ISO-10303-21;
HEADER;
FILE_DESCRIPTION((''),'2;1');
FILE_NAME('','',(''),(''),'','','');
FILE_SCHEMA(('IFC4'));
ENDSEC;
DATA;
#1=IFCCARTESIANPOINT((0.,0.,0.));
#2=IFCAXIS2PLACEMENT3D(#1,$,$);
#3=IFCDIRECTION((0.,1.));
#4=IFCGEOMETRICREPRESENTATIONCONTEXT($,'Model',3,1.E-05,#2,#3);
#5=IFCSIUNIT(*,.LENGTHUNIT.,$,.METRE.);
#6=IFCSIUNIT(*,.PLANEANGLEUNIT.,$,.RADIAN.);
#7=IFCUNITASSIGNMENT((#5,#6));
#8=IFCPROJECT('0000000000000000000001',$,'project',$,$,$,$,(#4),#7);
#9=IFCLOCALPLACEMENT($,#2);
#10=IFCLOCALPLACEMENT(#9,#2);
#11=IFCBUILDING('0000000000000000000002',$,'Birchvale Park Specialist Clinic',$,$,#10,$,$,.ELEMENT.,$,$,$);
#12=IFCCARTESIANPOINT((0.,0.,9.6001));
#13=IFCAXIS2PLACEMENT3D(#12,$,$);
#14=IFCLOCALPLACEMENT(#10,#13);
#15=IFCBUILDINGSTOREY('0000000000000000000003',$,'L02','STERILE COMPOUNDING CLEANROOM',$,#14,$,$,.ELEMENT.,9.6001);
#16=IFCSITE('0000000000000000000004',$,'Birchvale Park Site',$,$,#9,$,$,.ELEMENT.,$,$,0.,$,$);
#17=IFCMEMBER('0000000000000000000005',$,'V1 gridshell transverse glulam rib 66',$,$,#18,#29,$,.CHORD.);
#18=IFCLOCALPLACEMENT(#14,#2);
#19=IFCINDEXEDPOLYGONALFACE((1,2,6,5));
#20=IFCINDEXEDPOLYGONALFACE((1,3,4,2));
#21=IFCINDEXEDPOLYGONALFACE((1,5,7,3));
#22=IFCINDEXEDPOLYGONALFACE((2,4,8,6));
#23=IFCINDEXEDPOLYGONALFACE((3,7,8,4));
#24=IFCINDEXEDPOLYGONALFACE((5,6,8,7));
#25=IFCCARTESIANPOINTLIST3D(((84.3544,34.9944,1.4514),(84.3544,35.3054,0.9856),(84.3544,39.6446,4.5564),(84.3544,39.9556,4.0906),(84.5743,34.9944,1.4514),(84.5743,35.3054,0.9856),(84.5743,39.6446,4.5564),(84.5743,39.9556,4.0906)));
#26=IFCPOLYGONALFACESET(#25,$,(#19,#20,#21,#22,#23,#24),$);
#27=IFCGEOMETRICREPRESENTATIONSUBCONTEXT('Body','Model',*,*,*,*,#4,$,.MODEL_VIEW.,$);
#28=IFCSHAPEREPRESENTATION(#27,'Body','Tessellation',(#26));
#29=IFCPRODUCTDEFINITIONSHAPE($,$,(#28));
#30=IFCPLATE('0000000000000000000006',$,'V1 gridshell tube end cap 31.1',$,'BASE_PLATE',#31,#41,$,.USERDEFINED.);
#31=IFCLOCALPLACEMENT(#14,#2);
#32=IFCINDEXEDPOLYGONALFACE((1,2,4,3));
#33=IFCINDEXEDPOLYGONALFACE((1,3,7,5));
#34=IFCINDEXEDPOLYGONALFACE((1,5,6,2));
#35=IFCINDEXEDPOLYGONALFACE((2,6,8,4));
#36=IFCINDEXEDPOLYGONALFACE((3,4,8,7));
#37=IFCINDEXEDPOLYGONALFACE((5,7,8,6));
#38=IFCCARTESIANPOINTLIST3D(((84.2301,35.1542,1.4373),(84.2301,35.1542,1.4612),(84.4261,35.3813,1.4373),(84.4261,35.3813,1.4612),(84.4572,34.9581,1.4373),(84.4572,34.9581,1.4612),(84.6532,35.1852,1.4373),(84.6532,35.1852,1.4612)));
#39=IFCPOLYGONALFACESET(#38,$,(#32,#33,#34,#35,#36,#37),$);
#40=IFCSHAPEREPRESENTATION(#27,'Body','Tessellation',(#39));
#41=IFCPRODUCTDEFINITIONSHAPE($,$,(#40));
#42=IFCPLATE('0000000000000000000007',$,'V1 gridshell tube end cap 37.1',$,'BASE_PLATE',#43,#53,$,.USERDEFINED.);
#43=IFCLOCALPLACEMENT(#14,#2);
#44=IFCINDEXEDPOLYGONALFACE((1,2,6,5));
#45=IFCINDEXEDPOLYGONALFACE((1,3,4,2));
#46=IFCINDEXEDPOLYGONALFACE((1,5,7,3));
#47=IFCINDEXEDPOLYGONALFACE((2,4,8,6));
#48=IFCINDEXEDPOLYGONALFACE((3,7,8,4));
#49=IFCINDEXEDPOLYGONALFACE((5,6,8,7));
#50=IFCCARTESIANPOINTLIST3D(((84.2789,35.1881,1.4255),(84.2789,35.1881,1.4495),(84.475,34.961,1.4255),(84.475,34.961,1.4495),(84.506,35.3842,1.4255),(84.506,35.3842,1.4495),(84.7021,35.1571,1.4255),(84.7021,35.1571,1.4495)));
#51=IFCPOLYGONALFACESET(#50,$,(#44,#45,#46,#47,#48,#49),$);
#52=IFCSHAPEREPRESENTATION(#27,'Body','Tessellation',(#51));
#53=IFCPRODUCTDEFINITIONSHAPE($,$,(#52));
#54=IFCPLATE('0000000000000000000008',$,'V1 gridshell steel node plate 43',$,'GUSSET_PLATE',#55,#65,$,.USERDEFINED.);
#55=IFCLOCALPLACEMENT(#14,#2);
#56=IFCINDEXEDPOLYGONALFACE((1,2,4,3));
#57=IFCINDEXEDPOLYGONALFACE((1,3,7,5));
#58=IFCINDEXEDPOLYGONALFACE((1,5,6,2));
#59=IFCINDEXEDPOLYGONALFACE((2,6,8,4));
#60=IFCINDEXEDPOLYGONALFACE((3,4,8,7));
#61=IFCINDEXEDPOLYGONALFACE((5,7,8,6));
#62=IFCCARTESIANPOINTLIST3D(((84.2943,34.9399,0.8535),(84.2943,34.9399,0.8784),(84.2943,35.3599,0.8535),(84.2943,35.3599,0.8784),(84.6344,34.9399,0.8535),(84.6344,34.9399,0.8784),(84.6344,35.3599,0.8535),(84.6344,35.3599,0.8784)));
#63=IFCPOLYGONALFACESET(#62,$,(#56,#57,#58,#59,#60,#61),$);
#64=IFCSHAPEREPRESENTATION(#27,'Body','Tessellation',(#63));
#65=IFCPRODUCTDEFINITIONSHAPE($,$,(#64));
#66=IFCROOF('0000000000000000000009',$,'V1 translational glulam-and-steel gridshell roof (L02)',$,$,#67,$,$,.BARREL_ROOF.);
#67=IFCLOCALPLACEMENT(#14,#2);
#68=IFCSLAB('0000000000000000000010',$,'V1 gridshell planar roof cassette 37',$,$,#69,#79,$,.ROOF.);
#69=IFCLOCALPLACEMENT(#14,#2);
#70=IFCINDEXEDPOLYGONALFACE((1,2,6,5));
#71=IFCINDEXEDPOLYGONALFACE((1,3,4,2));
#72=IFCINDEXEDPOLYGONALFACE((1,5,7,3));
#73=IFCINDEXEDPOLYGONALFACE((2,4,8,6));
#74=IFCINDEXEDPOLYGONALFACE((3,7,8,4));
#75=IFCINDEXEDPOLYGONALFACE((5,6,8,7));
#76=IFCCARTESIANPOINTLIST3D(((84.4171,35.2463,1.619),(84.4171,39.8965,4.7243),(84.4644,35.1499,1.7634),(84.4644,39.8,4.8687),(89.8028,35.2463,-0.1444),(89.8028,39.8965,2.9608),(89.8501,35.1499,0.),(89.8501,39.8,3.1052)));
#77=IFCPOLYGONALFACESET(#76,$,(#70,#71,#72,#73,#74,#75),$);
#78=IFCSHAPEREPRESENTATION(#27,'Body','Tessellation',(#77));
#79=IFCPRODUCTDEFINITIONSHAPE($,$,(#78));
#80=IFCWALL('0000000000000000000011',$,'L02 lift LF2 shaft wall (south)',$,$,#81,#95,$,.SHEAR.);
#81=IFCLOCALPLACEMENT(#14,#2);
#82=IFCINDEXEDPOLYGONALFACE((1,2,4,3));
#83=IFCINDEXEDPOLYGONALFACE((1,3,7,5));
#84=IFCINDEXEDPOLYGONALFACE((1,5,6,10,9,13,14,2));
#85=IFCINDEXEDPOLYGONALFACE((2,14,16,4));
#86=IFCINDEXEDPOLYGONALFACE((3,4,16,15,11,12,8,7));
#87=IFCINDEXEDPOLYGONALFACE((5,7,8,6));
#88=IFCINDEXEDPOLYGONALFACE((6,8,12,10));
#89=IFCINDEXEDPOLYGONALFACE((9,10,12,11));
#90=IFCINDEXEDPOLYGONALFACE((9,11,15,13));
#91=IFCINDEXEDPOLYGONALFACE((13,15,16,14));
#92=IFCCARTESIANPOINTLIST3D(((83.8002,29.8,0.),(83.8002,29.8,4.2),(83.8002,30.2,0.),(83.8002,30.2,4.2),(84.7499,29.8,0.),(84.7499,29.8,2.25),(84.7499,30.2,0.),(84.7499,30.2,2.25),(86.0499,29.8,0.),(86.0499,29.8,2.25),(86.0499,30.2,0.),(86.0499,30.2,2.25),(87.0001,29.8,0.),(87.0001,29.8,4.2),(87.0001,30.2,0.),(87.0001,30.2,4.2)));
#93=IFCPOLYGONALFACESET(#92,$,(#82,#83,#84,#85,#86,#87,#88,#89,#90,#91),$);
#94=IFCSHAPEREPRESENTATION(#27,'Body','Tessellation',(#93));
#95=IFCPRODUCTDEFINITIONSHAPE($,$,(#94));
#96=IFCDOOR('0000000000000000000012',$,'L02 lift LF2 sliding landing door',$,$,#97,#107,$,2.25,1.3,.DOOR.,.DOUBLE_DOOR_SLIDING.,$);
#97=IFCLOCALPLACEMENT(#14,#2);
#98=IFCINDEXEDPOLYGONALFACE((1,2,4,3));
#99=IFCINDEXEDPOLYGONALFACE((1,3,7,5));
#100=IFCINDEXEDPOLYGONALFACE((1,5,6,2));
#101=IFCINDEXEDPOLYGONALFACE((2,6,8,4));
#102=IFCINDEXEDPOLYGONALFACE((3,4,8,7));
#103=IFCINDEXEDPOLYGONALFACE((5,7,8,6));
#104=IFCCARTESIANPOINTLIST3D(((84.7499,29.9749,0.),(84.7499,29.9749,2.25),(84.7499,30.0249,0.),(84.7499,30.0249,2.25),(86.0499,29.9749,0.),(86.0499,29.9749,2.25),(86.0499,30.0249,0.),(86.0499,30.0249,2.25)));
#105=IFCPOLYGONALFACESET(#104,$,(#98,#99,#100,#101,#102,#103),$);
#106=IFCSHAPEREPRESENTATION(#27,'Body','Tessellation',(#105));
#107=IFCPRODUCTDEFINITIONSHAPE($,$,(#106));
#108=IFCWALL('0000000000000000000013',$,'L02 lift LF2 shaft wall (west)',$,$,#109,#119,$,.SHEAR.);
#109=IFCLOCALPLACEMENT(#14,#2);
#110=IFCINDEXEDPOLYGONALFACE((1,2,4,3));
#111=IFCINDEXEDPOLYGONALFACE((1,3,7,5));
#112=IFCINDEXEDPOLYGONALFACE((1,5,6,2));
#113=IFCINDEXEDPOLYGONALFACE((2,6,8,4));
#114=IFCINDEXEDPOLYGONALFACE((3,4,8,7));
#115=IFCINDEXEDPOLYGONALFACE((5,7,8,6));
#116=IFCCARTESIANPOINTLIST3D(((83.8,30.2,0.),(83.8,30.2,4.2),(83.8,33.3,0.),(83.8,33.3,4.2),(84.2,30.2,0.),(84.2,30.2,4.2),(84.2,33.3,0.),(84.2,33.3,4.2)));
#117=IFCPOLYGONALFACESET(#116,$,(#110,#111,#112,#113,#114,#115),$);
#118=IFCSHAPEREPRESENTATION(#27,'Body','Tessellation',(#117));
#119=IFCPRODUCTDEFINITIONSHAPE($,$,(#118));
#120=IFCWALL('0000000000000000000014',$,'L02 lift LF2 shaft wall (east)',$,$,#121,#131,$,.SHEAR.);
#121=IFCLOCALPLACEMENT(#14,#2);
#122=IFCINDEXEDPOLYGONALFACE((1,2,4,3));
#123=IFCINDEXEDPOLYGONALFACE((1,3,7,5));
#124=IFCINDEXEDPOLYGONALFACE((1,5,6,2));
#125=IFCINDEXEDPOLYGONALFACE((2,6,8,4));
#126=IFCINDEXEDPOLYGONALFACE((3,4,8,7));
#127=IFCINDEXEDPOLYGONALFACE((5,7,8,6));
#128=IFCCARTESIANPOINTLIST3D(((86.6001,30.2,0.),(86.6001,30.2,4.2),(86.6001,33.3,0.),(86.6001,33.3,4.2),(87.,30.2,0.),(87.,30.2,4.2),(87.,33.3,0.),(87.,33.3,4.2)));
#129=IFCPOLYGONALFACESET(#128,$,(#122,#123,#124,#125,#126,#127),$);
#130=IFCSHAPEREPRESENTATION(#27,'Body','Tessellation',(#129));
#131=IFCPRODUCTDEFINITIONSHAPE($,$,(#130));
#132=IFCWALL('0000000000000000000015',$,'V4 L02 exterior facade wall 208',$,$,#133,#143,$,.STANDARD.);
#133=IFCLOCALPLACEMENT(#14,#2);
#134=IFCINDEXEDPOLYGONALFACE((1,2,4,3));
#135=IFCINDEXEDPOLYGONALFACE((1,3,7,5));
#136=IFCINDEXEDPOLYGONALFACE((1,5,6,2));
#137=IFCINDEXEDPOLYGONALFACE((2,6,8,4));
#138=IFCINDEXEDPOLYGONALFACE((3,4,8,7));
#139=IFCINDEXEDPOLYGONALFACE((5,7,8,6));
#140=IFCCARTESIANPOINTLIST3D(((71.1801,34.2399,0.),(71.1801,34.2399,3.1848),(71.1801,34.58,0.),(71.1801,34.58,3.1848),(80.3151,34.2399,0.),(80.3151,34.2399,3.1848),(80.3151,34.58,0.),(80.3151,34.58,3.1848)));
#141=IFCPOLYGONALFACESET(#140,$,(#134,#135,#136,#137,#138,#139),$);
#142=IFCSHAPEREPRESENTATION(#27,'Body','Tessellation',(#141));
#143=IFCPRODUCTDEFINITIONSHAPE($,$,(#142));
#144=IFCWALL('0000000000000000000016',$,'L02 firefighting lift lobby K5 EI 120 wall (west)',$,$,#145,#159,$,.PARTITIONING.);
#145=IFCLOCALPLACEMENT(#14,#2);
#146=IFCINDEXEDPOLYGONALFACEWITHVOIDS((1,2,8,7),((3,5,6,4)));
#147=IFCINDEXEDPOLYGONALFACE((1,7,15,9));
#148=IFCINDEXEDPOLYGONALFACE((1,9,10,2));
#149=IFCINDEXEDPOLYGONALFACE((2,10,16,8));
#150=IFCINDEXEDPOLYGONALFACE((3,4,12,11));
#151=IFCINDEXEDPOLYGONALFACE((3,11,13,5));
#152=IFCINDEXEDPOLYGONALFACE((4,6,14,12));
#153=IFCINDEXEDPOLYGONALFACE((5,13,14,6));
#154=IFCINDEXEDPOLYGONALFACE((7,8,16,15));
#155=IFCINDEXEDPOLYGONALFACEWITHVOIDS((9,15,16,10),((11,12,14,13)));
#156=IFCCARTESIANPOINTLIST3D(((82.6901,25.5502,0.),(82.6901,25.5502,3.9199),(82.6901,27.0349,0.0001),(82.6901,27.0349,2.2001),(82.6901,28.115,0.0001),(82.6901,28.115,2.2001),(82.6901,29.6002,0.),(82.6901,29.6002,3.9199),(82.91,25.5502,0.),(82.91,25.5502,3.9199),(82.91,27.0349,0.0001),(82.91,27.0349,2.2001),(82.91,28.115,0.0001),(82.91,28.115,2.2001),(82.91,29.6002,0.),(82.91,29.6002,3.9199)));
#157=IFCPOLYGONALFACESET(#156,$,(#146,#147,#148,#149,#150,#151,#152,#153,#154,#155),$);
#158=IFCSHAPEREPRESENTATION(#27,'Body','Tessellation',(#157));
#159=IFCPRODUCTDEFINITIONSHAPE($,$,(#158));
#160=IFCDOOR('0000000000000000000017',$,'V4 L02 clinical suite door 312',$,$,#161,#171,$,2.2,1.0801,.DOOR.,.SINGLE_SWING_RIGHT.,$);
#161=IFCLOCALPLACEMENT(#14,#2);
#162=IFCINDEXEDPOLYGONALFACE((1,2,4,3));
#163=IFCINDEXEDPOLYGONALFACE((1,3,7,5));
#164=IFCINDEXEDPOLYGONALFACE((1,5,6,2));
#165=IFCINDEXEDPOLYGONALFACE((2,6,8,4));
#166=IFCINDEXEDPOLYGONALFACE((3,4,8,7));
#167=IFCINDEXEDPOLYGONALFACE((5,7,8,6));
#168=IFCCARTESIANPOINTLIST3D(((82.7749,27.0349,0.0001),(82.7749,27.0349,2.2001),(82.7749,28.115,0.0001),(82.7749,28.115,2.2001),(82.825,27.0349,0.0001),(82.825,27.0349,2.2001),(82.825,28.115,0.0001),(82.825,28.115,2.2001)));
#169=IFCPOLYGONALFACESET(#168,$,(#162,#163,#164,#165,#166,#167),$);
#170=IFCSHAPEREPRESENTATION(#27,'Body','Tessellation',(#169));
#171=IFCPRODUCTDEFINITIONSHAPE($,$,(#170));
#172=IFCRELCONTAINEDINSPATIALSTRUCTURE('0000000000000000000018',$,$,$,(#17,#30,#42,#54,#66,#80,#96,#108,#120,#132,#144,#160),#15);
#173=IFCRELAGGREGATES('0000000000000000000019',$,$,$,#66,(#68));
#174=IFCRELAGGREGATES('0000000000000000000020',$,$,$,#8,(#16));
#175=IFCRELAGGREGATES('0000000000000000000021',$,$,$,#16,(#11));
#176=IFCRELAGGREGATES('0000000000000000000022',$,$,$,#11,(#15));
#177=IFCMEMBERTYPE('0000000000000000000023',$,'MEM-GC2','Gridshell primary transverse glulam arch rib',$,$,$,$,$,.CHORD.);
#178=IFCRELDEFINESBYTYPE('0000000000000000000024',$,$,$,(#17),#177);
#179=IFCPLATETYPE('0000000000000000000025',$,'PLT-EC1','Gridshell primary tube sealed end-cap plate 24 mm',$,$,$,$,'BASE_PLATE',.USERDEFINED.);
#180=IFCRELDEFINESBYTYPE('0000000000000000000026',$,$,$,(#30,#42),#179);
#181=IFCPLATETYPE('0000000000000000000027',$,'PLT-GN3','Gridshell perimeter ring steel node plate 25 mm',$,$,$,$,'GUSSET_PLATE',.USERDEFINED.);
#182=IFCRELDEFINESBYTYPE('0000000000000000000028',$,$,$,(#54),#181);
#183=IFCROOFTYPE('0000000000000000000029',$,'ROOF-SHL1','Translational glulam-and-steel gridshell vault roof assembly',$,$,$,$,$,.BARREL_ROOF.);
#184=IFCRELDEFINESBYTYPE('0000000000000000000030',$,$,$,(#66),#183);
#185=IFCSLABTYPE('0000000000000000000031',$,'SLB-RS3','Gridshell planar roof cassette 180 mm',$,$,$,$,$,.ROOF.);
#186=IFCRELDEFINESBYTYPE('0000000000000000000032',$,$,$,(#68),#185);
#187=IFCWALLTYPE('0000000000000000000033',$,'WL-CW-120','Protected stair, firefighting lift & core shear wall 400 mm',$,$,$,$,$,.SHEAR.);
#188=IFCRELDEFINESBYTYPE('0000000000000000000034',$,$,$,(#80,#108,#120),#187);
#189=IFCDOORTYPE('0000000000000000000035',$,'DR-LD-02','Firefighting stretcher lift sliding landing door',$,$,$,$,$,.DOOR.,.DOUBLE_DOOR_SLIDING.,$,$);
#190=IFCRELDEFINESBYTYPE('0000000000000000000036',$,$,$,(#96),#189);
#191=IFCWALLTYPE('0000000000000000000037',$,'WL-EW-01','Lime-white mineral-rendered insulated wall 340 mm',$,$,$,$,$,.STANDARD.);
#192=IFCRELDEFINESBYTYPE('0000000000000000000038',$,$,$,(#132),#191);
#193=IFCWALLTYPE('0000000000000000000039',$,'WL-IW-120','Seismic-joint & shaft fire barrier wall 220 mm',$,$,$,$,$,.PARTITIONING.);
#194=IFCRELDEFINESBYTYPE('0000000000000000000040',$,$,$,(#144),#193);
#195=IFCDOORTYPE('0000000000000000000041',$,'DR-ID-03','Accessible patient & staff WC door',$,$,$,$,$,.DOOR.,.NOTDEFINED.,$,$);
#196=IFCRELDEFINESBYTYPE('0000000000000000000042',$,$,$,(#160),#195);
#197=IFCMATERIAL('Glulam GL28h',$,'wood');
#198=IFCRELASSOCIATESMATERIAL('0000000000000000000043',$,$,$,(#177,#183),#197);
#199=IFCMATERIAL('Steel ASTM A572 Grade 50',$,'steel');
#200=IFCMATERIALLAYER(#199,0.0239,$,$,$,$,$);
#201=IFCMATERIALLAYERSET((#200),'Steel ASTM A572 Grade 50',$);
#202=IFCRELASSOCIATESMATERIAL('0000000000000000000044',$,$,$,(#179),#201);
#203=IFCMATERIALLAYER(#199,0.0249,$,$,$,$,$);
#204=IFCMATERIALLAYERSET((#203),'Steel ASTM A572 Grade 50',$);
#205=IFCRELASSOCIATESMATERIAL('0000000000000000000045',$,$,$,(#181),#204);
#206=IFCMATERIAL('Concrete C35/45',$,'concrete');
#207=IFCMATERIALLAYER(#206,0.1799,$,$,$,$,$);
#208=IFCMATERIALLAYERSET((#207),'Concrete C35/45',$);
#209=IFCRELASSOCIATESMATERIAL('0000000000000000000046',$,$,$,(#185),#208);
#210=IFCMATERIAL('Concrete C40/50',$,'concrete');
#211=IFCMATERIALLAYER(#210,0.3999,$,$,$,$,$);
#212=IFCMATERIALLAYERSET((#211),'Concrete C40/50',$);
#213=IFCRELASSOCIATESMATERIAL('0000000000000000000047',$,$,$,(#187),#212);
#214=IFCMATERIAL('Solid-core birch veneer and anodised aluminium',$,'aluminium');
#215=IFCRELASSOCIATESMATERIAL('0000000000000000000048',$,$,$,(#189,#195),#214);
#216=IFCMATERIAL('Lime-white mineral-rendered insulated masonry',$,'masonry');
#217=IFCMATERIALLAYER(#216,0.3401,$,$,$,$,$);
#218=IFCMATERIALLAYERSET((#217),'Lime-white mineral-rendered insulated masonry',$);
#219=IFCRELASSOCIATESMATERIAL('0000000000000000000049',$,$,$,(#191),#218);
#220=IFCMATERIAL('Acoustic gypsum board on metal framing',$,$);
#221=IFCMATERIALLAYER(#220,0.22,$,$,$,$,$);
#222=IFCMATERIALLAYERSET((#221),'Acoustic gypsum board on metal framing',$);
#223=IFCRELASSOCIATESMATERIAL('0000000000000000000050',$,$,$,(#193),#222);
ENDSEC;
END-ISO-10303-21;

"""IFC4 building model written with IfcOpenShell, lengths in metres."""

from ifc_helpers import new_model, si_unit, direction, frame, frame_2d, origin, origin_2d, place, context, subcontext, project, spatial, polyline, rectangle, outline, extrude, material, layer, layer_set, material_profile, profile_set, type_object, element, fill, aggregate, save


model = new_model("IFC4")

# Units and contexts
model_context = context("Model", 3, precision=1e-05, world=origin(), true_north=direction((0.0, 1.0)))
body_context = subcontext(model_context, "Body", "Model", "MODEL_VIEW")
ifc_project = project(units=[si_unit("LENGTHUNIT", "METRE"), si_unit("PLANEANGLEUNIT", "RADIAN")], contexts=[model_context])

# Site, building, storey
site_placement = place(None, origin())
site = spatial("IfcSite", under=ifc_project, at=site_placement, Name="Birchvale Park Site", CompositionType="ELEMENT", RefElevation=0.0)
building_placement = place(site_placement, origin())
building = spatial("IfcBuilding", under=site, at=building_placement, Name="Birchvale Park Specialist Clinic", CompositionType="ELEMENT")
storey_placement = place(building_placement, frame((0.0, 0.0, 9.6001)))
storey = spatial("IfcBuildingStorey", under=building, at=storey_placement, Name="L02", Description="STERILE COMPOUNDING CLEANROOM", CompositionType="ELEMENT", Elevation=9.6001)

# Shared definitions
ifc_material_1 = material(Name="Concrete C40/50", Category="concrete")

# Member
ifc_material_2 = material(Name="Glulam GL28h", Category="wood")
ifc_material_profile_1 = material_profile(ifc_material_2, rectangle(XDim=0.22, YDim=0.5601, at=origin_2d()), Name="GL-220x560")
ifc_profile_set_1 = profile_set([ifc_material_profile_1], Name="Glulam GL28h")
member_type_1 = type_object("IfcMemberType", Name="MEM-GC2", Description="Gridshell primary transverse glulam arch rib", PredefinedType="CHORD", material=ifc_profile_set_1)
member_1_placement = place(storey_placement, frame((84.4644, 35.1499, 1.2185), z_axis=(0.0, 0.831647, 0.555305), x_axis=(-1.0, 0.0, 0.0)))
element("IfcMember", 1, at=member_1_placement, inside=storey, type_object=member_type_1, Name="V1 gridshell transverse glulam rib 66", PredefinedType="CHORD", context=body_context, shape_type="SweptSolid", body=[
    extrude(rectangle(XDim=0.22, YDim=0.5601, at=origin_2d()), origin(), (0.0, 0.0, 1.0), 5.5916),
])

# Plates
ifc_material_3 = material(Name="Steel ASTM A572 Grade 50", Category="steel")
ifc_layer_1 = layer(ifc_material_3, 0.0239)
ifc_layer_set_1 = layer_set([ifc_layer_1], Name="Steel ASTM A572 Grade 50")
plate_type_1 = type_object("IfcPlateType", Name="PLT-EC1", Description="Gridshell primary tube sealed end-cap plate 24 mm", ElementType="BASE_PLATE", PredefinedType="USERDEFINED", material=ifc_layer_set_1)
for number, where, z_axis, x_axis, name in (
    (2, (84.4417, 35.1697, 1.4373), (0.0, 0.0, 1.0), (-0.756881, 0.653553, 0.0), "V1 gridshell tube end cap 31.1"),
    (3, (84.4905, 35.1726, 1.4255), (0.0, 0.0, 1.0), (0.756881, 0.653553, 0.0), "V1 gridshell tube end cap 37.1"),
):
    element("IfcPlate", number, at=place(storey_placement, frame(where, z_axis=z_axis, x_axis=x_axis)), inside=storey, type_object=plate_type_1, Name=name, ObjectType="BASE_PLATE", PredefinedType="USERDEFINED", context=body_context, shape_type="SweptSolid", body=[
        extrude(rectangle(XDim=0.3, YDim=0.3, at=origin_2d()), origin(), (0.0, 0.0, 1.0), 0.0239),
    ])
ifc_layer_2 = layer(ifc_material_3, 0.0249)
ifc_layer_set_2 = layer_set([ifc_layer_2], Name="Steel ASTM A572 Grade 50")
plate_type_2 = type_object("IfcPlateType", Name="PLT-GN3", Description="Gridshell perimeter ring steel node plate 25 mm", ElementType="GUSSET_PLATE", PredefinedType="USERDEFINED", material=ifc_layer_set_2)
plate_placement = place(storey_placement, frame((84.4644, 35.1499, 0.8535), z_axis=(0.0, 0.0, 1.0), x_axis=(1.0, 0.0, 0.0)))
element("IfcPlate", 4, at=plate_placement, inside=storey, type_object=plate_type_2, Name="V1 gridshell steel node plate 43", ObjectType="GUSSET_PLATE", PredefinedType="USERDEFINED", context=body_context, shape_type="SweptSolid", body=[
    extrude(rectangle(XDim=0.3401, YDim=0.4199, at=origin_2d()), origin(), (0.0, 0.0, 1.0), 0.0249),
])

# Roof, slab
roof_type = type_object("IfcRoofType", Name="ROOF-SHL1", Description="Translational glulam-and-steel gridshell vault roof assembly", PredefinedType="BARREL_ROOF", material=ifc_material_2)
roof_placement = place(storey_placement, origin())
roof = element("IfcRoof", 5, at=roof_placement, inside=storey, type_object=roof_type, Name="V1 translational glulam-and-steel gridshell roof (L02)", PredefinedType="BARREL_ROOF")
ifc_material_4 = material(Name="Concrete C35/45", Category="concrete")
ifc_layer_3 = layer(ifc_material_4, 0.1799)
ifc_layer_set_3 = layer_set([ifc_layer_3], Name="Concrete C35/45")
slab_type = type_object("IfcSlabType", Name="SLB-RS3", Description="Gridshell planar roof cassette 180 mm", PredefinedType="ROOF", material=ifc_layer_set_3)
slab_placement = place(storey_placement, frame((84.4644, 35.1499, 1.7634), z_axis=(0.26273, -0.535826, 0.802411), x_axis=(0.950354, 0.0, -0.31117)))
slab = element("IfcSlab", 6, at=slab_placement, type_object=slab_type, Name="V1 gridshell planar roof cassette 37", PredefinedType="ROOF", context=body_context, shape_type="SweptSolid", body=[
    extrude(outline(polyline([(0.0, 0.0), (5.6671, 0.0), (4.7008, 5.5075), (-0.9663, 5.5075), (0.0, 0.0)])), origin(), (0.0, 0.0, -1.0), 0.1799),
])
aggregate(roof, [slab])

# Wall, opening, door
ifc_layer_4 = layer(ifc_material_1, 0.3999)
ifc_layer_set_4 = layer_set([ifc_layer_4], Name="Concrete C40/50")
wall_type_1 = type_object("IfcWallType", Name="WL-CW-120", Description="Protected stair, firefighting lift & core shear wall 400 mm", PredefinedType="SHEAR", material=ifc_layer_set_4)
wall_1_placement = place(storey_placement, frame((83.8, 30.0, 0.0), z_axis=(0.0, 0.0, 1.0), x_axis=(1.0, 0.0, 0.0)))
wall_1 = element("IfcWall", 7, at=wall_1_placement, inside=storey, type_object=wall_type_1, Name="L02 lift LF2 shaft wall (south)", PredefinedType="SHEAR", context=body_context, shape_type="SweptSolid", body=[
    extrude(rectangle(XDim=3.2, YDim=0.3999, at=frame_2d((1.6001, 0.0))), origin(), (0.0, 0.0, 1.0), 4.2),
])
opening_1_placement = place(wall_1_placement, frame((0.95, 0.0, 0.0)))
opening_1 = element("IfcOpeningElement", 8, at=opening_1_placement, cuts=wall_1, PredefinedType="OPENING", context=body_context, shape_type="SweptSolid", body=[
    extrude(rectangle(XDim=1.3, YDim=2.25, at=frame_2d((0.6499, 1.125))), frame((0.0, 0.21, 0.0), z_axis=(0.0, -1.0, 0.0), x_axis=(1.0, 0.0, 0.0)), (0.0, 0.0, 1.0), 0.4199),
])
ifc_material_5 = material(Name="Solid-core birch veneer and anodised aluminium", Category="aluminium")
door_type_1 = type_object("IfcDoorType", Name="DR-LD-02", Description="Firefighting stretcher lift sliding landing door", OperationType="DOUBLE_DOOR_SLIDING", PredefinedType="DOOR", material=ifc_material_5)
door_1_placement = place(opening_1_placement, origin())
door_1 = element("IfcDoor", 9, at=door_1_placement, inside=storey, type_object=door_type_1, Name="L02 lift LF2 sliding landing door", OperationType="DOUBLE_DOOR_SLIDING", OverallHeight=2.25, OverallWidth=1.3, PredefinedType="DOOR", context=body_context, shape_type="SweptSolid", body=[
    extrude(rectangle(XDim=1.3, YDim=2.25, at=frame_2d((0.6499, 1.125))), frame((0.0, 0.0249, 0.0), z_axis=(0.0, -1.0, 0.0), x_axis=(1.0, 0.0, 0.0)), (0.0, 0.0, 1.0), 0.05),
])
fill(opening_1, door_1)

# Walls
for number, where, z_axis, x_axis, name in (
    (10, (84.0, 30.2, 0.0), (0.0, 0.0, 1.0), (0.0, 1.0, 0.0), "L02 lift LF2 shaft wall (west)"),
    (11, (86.8, 33.3, 0.0), (0.0, 0.0, 1.0), (0.0, -1.0, 0.0), "L02 lift LF2 shaft wall (east)"),
):
    element("IfcWall", number, at=place(storey_placement, frame(where, z_axis=z_axis, x_axis=x_axis)), inside=storey, type_object=wall_type_1, Name=name, PredefinedType="SHEAR", context=body_context, shape_type="SweptSolid", body=[
        extrude(rectangle(XDim=3.1001, YDim=0.3999, at=frame_2d((1.55, 0.0))), origin(), (0.0, 0.0, 1.0), 4.2),
    ])
ifc_material_6 = material(Name="Lime-white mineral-rendered insulated masonry", Category="masonry")
ifc_layer_5 = layer(ifc_material_6, 0.3401)
ifc_layer_set_5 = layer_set([ifc_layer_5], Name="Lime-white mineral-rendered insulated masonry")
wall_type_2 = type_object("IfcWallType", Name="WL-EW-01", Description="Lime-white mineral-rendered insulated wall 340 mm", PredefinedType="STANDARD", material=ifc_layer_set_5)
wall_2_placement = place(storey_placement, frame((80.3149, 34.4099, 0.0), z_axis=(0.0, 0.0, 1.0), x_axis=(-1.0, 0.0, 0.0)))
element("IfcWall", 12, at=wall_2_placement, inside=storey, type_object=wall_type_2, Name="V4 L02 exterior facade wall 208", PredefinedType="STANDARD", context=body_context, shape_type="SweptSolid", body=[
    extrude(rectangle(XDim=9.135, YDim=0.3401, at=frame_2d((4.5674, 0.0))), origin(), (0.0, 0.0, 1.0), 3.1848),
])

# Wall, opening, door
ifc_material_7 = material(Name="Acoustic gypsum board on metal framing")
ifc_layer_6 = layer(ifc_material_7, 0.22)
ifc_layer_set_6 = layer_set([ifc_layer_6], Name="Acoustic gypsum board on metal framing")
wall_type_3 = type_object("IfcWallType", Name="WL-IW-120", Description="Seismic-joint & shaft fire barrier wall 220 mm", PredefinedType="PARTITIONING", material=ifc_layer_set_6)
wall_3_placement = place(storey_placement, frame((82.8, 29.6001, 0.0), z_axis=(0.0, 0.0, 1.0), x_axis=(0.0, -1.0, 0.0)))
wall_3 = element("IfcWall", 13, at=wall_3_placement, inside=storey, type_object=wall_type_3, Name="L02 firefighting lift lobby K5 EI 120 wall (west)", PredefinedType="PARTITIONING", context=body_context, shape_type="SweptSolid", body=[
    extrude(rectangle(XDim=4.05, YDim=0.22, at=frame_2d((2.0249, 0.0))), origin(), (0.0, 0.0, 1.0), 3.9199),
])
opening_2_placement = place(wall_3_placement, frame((1.4851, 0.0, 0.0)))
opening_2 = element("IfcOpeningElement", 14, at=opening_2_placement, cuts=wall_3, PredefinedType="OPENING", context=body_context, shape_type="SweptSolid", body=[
    extrude(rectangle(XDim=1.0801, YDim=2.2, at=frame_2d((0.54, 1.1001))), frame((0.0, 0.1201, 0.0), z_axis=(0.0, -1.0, 0.0), x_axis=(1.0, 0.0, 0.0)), (0.0, 0.0, 1.0), 0.24),
])
door_type_2 = type_object("IfcDoorType", Name="DR-ID-03", Description="Accessible patient & staff WC door", OperationType="NOTDEFINED", PredefinedType="DOOR", material=ifc_material_5)
door_2_placement = place(opening_2_placement, origin())
door_2 = element("IfcDoor", 15, at=door_2_placement, inside=storey, type_object=door_type_2, Name="V4 L02 clinical suite door 312", OperationType="SINGLE_SWING_RIGHT", OverallHeight=2.2, OverallWidth=1.0801, PredefinedType="DOOR", context=body_context, shape_type="SweptSolid", body=[
    extrude(rectangle(XDim=1.0801, YDim=2.2, at=frame_2d((0.54, 1.1001))), frame((0.0, 0.0249, 0.0), z_axis=(0.0, -1.0, 0.0), x_axis=(1.0, 0.0, 0.0)), (0.0, 0.0, 1.0), 0.05),
])
fill(opening_2, door_2)

save(model, "model.ifc")
